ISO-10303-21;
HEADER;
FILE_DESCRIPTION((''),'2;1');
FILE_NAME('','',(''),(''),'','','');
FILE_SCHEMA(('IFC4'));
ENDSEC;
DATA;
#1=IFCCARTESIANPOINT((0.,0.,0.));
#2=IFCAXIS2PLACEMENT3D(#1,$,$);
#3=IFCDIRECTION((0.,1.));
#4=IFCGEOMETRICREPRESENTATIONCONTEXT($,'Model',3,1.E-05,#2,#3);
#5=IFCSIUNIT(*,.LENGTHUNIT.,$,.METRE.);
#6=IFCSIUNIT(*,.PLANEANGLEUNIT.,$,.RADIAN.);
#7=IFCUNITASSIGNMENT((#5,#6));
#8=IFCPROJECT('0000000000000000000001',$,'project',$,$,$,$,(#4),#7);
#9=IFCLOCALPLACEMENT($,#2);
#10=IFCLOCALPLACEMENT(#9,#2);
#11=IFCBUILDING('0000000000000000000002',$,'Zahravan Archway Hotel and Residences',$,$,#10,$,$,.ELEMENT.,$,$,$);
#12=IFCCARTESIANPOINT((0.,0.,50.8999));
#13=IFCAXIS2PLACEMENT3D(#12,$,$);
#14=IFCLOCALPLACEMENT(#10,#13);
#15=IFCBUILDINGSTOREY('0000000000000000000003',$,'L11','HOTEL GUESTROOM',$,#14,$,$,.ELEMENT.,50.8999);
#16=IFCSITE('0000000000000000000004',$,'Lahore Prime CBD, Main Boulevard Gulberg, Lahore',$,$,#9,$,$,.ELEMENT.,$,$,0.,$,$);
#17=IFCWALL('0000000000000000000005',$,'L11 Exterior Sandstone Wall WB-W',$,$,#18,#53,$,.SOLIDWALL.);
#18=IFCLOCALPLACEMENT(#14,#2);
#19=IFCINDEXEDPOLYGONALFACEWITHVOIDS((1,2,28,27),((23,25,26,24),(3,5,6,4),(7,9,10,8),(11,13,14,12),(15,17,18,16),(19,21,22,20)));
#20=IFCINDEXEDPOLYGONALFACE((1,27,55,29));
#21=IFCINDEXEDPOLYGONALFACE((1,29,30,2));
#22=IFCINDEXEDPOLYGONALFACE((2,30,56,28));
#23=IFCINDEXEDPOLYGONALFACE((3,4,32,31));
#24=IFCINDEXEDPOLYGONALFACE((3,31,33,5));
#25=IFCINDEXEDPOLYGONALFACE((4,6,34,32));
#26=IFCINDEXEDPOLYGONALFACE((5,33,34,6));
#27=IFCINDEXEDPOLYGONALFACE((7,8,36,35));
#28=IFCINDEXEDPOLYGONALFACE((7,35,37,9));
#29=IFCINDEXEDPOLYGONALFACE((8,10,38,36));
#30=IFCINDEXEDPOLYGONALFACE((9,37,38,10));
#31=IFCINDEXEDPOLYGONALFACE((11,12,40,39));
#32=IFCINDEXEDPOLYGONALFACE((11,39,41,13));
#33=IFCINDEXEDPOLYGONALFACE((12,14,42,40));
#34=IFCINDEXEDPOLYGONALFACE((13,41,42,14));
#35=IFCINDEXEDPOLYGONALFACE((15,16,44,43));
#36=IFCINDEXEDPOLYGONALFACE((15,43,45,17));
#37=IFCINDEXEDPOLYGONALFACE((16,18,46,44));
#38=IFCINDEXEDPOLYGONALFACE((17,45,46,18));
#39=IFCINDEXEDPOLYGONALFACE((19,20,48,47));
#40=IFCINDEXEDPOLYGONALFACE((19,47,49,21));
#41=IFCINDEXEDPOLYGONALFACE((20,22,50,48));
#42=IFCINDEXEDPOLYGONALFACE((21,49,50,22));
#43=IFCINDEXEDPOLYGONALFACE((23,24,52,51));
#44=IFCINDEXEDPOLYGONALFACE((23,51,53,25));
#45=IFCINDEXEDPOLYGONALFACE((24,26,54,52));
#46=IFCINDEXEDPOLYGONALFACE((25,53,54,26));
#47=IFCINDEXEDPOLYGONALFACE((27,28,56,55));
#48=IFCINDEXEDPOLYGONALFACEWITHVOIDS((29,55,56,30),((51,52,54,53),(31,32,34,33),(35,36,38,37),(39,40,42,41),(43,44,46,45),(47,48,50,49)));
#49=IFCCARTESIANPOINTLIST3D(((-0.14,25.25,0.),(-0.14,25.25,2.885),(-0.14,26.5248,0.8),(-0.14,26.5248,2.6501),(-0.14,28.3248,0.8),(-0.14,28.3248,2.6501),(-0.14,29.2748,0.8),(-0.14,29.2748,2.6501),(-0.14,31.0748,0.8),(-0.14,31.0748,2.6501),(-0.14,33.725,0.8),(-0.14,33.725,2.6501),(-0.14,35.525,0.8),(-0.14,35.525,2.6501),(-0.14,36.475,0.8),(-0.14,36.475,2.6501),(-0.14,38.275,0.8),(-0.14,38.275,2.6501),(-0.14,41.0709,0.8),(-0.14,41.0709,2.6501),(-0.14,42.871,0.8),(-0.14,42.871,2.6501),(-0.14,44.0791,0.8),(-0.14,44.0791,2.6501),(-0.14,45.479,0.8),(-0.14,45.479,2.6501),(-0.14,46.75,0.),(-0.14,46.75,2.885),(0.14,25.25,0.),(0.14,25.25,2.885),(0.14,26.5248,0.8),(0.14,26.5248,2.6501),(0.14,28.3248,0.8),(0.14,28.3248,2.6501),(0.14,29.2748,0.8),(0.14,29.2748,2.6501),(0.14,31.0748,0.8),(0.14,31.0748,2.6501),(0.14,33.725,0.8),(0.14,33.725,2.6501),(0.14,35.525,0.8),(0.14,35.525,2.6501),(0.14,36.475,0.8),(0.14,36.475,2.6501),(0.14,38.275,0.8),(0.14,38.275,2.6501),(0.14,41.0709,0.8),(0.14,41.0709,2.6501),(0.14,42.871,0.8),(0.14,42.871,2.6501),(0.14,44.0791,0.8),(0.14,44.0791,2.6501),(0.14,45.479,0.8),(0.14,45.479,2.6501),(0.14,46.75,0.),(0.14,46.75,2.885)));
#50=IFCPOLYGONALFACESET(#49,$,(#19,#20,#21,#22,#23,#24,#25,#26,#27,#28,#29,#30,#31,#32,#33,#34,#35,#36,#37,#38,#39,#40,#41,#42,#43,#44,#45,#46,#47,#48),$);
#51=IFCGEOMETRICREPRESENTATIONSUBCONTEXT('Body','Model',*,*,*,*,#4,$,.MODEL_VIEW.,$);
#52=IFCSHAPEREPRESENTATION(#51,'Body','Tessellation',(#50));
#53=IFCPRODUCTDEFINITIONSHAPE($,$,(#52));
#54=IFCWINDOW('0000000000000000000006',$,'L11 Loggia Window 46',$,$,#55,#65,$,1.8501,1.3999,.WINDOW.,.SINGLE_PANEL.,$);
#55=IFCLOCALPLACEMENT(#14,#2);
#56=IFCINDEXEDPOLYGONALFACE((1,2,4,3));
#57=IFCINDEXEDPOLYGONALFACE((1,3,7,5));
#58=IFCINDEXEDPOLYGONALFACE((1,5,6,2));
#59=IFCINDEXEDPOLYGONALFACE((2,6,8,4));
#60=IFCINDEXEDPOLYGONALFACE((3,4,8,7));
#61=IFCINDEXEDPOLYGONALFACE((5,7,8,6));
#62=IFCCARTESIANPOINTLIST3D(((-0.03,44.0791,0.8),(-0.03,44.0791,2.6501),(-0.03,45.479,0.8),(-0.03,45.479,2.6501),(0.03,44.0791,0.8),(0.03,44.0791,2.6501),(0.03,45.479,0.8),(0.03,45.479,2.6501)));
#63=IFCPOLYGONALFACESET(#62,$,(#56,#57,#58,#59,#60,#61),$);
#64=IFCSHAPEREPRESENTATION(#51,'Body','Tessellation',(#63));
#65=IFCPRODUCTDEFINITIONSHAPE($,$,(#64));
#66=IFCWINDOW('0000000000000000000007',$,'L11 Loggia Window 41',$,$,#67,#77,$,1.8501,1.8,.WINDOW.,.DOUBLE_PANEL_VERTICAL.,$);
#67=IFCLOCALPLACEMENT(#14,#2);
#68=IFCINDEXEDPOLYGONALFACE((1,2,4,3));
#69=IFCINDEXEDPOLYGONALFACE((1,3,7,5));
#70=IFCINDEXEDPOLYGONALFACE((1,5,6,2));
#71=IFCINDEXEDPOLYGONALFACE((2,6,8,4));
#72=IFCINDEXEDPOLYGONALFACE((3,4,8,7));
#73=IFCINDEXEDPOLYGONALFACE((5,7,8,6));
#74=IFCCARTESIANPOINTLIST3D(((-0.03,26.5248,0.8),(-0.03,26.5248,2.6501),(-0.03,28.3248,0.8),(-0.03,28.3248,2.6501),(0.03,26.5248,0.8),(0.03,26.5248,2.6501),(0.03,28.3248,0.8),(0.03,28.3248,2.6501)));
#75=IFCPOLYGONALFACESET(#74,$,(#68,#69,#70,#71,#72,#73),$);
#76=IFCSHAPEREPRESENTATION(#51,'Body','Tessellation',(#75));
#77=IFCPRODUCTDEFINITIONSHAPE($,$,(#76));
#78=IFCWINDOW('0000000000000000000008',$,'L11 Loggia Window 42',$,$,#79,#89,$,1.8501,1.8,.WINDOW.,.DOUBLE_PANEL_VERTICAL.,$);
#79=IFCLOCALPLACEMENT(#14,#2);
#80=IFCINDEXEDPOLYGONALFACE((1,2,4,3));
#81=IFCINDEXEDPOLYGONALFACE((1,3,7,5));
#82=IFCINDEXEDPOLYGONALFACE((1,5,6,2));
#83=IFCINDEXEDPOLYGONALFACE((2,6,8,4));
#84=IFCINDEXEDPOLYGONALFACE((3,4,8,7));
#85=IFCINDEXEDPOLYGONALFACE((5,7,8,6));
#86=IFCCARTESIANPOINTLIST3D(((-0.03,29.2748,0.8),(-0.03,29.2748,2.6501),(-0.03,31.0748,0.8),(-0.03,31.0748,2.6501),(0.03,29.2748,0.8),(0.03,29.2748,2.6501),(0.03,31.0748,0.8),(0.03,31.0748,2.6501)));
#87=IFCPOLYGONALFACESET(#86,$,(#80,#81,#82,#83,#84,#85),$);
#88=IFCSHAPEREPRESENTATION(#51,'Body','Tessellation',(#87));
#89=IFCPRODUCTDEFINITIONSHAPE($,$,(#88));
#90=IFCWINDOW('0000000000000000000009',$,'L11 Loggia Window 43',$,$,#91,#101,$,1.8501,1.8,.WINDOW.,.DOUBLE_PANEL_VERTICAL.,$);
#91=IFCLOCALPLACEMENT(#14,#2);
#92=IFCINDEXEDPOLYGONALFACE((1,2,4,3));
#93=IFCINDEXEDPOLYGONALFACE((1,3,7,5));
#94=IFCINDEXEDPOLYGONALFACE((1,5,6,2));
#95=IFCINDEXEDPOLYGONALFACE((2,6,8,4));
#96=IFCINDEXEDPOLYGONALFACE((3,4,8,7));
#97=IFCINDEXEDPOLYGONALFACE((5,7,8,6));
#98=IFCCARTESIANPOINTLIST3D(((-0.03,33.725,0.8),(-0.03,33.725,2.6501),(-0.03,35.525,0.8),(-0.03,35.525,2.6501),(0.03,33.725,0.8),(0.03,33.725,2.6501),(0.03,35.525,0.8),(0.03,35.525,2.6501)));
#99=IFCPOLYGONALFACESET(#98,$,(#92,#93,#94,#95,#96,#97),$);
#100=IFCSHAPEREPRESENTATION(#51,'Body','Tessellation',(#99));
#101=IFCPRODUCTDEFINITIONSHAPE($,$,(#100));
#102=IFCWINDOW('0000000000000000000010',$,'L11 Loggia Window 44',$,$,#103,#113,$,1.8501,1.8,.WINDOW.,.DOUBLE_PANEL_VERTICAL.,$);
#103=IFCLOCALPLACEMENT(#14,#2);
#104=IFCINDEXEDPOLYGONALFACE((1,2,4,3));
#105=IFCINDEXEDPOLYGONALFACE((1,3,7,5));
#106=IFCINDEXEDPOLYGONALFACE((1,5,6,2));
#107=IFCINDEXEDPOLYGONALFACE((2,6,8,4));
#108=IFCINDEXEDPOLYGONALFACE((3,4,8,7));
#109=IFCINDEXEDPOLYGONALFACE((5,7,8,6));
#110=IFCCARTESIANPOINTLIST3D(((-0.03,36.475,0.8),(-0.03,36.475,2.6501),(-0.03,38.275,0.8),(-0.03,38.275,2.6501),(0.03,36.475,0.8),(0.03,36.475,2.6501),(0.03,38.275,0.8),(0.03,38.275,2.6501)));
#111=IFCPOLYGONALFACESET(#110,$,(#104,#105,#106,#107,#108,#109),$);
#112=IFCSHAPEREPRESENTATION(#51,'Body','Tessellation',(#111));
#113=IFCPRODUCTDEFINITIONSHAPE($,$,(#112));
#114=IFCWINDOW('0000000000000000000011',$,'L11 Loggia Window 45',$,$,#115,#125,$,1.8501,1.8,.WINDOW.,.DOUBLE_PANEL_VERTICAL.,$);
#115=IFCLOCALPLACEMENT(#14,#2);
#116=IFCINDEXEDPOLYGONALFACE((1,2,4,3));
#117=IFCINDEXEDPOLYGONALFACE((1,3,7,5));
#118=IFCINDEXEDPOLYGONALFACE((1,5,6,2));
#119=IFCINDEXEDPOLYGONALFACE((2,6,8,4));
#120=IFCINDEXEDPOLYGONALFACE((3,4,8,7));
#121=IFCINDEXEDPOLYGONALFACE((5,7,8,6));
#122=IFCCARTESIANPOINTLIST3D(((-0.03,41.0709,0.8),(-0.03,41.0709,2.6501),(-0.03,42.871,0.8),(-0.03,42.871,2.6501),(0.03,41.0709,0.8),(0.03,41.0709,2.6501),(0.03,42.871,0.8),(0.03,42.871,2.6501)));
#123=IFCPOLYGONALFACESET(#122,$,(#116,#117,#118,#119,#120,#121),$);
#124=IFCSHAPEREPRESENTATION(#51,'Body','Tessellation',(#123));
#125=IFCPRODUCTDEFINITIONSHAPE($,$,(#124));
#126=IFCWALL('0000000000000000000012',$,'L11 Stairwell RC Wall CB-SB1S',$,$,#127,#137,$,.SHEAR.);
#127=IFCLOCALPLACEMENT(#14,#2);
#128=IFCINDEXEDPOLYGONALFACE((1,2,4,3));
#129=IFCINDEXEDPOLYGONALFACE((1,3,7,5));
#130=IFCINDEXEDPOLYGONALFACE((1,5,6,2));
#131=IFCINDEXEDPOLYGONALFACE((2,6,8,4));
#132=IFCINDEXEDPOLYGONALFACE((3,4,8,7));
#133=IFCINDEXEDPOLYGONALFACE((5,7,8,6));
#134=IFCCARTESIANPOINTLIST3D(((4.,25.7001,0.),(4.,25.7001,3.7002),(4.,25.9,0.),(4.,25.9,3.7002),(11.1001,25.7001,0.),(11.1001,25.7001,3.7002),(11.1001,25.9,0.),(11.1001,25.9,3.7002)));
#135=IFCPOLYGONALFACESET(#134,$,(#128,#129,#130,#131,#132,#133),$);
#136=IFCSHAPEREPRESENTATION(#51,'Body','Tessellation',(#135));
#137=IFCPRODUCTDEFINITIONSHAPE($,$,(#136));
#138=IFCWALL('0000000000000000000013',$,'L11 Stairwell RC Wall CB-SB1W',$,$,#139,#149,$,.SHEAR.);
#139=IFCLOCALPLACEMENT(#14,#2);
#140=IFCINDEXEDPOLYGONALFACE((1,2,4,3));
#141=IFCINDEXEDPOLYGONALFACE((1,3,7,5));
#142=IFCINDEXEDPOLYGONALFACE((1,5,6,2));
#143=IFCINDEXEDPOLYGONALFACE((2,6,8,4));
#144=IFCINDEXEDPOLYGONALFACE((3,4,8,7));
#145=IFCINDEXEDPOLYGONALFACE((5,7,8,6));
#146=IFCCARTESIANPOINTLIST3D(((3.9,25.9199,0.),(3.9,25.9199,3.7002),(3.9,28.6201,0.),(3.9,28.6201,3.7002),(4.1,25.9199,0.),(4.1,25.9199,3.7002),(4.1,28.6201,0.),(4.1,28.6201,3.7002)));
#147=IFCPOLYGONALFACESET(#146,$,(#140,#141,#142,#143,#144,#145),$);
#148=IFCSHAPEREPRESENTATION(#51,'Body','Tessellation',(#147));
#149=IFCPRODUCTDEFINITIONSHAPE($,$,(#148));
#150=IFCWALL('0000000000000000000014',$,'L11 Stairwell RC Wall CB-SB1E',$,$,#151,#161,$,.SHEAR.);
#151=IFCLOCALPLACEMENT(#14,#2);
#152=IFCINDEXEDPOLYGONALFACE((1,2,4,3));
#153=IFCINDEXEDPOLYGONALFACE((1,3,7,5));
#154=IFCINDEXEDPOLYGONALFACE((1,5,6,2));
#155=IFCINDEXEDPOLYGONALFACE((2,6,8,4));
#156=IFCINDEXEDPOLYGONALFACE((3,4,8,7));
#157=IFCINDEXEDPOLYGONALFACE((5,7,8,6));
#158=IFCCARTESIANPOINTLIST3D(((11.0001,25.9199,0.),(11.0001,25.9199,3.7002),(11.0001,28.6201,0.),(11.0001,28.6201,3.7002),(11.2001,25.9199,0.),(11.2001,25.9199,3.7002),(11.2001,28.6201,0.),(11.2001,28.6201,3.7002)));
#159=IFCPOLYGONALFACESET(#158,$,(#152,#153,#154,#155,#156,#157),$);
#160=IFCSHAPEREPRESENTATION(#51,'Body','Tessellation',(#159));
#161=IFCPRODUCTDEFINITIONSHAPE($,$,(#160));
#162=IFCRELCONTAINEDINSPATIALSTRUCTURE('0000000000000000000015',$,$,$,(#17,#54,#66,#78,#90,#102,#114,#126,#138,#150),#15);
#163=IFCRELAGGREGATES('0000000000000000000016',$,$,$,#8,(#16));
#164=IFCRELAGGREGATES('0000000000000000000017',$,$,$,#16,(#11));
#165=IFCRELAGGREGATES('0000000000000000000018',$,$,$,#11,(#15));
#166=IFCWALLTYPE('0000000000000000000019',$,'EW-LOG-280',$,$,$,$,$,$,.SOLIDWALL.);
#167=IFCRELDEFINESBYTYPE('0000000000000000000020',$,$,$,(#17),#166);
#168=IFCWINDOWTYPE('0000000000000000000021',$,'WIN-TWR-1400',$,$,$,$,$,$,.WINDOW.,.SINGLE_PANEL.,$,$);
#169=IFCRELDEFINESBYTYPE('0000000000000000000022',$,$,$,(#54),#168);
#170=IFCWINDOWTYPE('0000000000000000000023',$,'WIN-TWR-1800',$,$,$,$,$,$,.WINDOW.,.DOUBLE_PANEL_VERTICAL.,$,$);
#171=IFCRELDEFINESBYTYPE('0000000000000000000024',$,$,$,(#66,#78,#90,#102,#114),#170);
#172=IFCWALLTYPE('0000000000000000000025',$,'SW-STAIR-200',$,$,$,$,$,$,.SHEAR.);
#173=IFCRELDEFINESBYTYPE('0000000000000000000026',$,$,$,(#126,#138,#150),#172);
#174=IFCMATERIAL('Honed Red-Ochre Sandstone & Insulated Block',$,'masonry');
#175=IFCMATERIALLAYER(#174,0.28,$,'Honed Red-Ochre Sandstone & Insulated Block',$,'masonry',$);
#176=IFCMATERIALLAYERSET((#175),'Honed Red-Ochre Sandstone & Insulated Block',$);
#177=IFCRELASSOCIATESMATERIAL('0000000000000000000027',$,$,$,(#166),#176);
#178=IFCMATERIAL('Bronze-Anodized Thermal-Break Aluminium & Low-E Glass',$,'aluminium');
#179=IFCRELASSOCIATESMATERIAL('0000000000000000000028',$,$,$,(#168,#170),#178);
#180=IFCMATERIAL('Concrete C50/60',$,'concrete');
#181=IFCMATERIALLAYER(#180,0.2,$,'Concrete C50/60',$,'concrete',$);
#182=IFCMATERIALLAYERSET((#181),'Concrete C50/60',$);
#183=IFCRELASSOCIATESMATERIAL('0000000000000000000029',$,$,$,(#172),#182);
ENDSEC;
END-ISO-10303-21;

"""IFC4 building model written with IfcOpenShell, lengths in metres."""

from ifc_helpers import new_model, si_unit, direction, frame, frame_2d, origin, place, context, subcontext, project, spatial, rectangle, extrude, source, transform, mapped, material, layer, layer_set, type_object, type_shapes, element, fill, save


model = new_model("IFC4")

# Units and contexts
model_context = context("Model", 3, precision=1e-05, world=origin(), true_north=direction((0.0, 1.0)))
body_context = subcontext(model_context, "Body", "Model", "MODEL_VIEW")
ifc_project = project(units=[si_unit("LENGTHUNIT", "METRE"), si_unit("PLANEANGLEUNIT", "RADIAN")], contexts=[model_context])

# Site, building, storey
site_placement = place(None, origin())
site = spatial("IfcSite", under=ifc_project, at=site_placement, Name="Lahore Prime CBD, Main Boulevard Gulberg, Lahore", CompositionType="ELEMENT", RefElevation=0.0)
building_placement = place(site_placement, origin())
building = spatial("IfcBuilding", under=site, at=building_placement, Name="Zahravan Archway Hotel and Residences", CompositionType="ELEMENT")
storey_placement = place(building_placement, frame((0.0, 0.0, 50.8999)))
storey = spatial("IfcBuildingStorey", under=building, at=storey_placement, Name="L11", Description="HOTEL GUESTROOM", CompositionType="ELEMENT", Elevation=50.8999)

# Shared definitions
ifc_material_1 = material(Name="Honed Red-Ochre Sandstone & Insulated Block", Category="masonry")
ifc_layer_1 = layer(ifc_material_1, 0.28, Name="Honed Red-Ochre Sandstone & Insulated Block", Category="masonry")
ifc_layer_set_1 = layer_set([ifc_layer_1], Name="Honed Red-Ochre Sandstone & Insulated Block")
wall_type_1 = type_object("IfcWallType", Name="EW-LOG-280", PredefinedType="SOLIDWALL", material=ifc_layer_set_1)

# Wall, openings, windows
wall_1_placement = place(storey_placement, frame((0.0, 25.25, 0.0), z_axis=(0.0, 0.0, 1.0), x_axis=(0.0, 1.0, 0.0)))
wall_1 = element("IfcWall", 1, at=wall_1_placement, inside=storey, type_object=wall_type_1, Name="L11 Exterior Sandstone Wall WB-W", PredefinedType="SOLIDWALL", context=body_context, shape_type="SweptSolid", body=[
    extrude(rectangle(XDim=21.5, YDim=0.28, at=frame_2d((10.75, 0.0))), origin(), (0.0, 0.0, 1.0), 2.885),
])
opening_1_placement = place(wall_1_placement, frame((1.2749, 0.0, 0.8)))
opening_1 = element("IfcOpeningElement", 2, at=opening_1_placement, cuts=wall_1, PredefinedType="OPENING", context=body_context, shape_type="SweptSolid", body=[
    extrude(rectangle(XDim=1.8, YDim=1.8501, at=frame_2d((0.8999, 0.925))), frame((0.0, 0.1499, 0.0), z_axis=(0.0, -1.0, 0.0), x_axis=(1.0, 0.0, 0.0)), (0.0, 0.0, 1.0), 0.3),
])
opening_2_placement = place(wall_1_placement, frame((4.0249, 0.0, 0.8)))
opening_2 = element("IfcOpeningElement", 3, at=opening_2_placement, cuts=wall_1, PredefinedType="OPENING", context=body_context, shape_type="SweptSolid", body=[
    extrude(rectangle(XDim=1.8, YDim=1.8501, at=frame_2d((0.8999, 0.925))), frame((0.0, 0.1499, 0.0), z_axis=(0.0, -1.0, 0.0), x_axis=(1.0, 0.0, 0.0)), (0.0, 0.0, 1.0), 0.3),
])
opening_3_placement = place(wall_1_placement, frame((8.4751, 0.0, 0.8)))
opening_3 = element("IfcOpeningElement", 4, at=opening_3_placement, cuts=wall_1, PredefinedType="OPENING", context=body_context, shape_type="SweptSolid", body=[
    extrude(rectangle(XDim=1.8, YDim=1.8501, at=frame_2d((0.8999, 0.925))), frame((0.0, 0.1499, 0.0), z_axis=(0.0, -1.0, 0.0), x_axis=(1.0, 0.0, 0.0)), (0.0, 0.0, 1.0), 0.3),
])
opening_4_placement = place(wall_1_placement, frame((11.2251, 0.0, 0.8)))
opening_4 = element("IfcOpeningElement", 5, at=opening_4_placement, cuts=wall_1, PredefinedType="OPENING", context=body_context, shape_type="SweptSolid", body=[
    extrude(rectangle(XDim=1.8, YDim=1.8501, at=frame_2d((0.8999, 0.925))), frame((0.0, 0.1499, 0.0), z_axis=(0.0, -1.0, 0.0), x_axis=(1.0, 0.0, 0.0)), (0.0, 0.0, 1.0), 0.3),
])
opening_5_placement = place(wall_1_placement, frame((15.821, 0.0, 0.8)))
opening_5 = element("IfcOpeningElement", 6, at=opening_5_placement, cuts=wall_1, PredefinedType="OPENING", context=body_context, shape_type="SweptSolid", body=[
    extrude(rectangle(XDim=1.8, YDim=1.8501, at=frame_2d((0.8999, 0.925))), frame((0.0, 0.1499, 0.0), z_axis=(0.0, -1.0, 0.0), x_axis=(1.0, 0.0, 0.0)), (0.0, 0.0, 1.0), 0.3),
])
opening_6_placement = place(wall_1_placement, frame((18.8291, 0.0, 0.8)))
opening_6 = element("IfcOpeningElement", 7, at=opening_6_placement, cuts=wall_1, PredefinedType="OPENING", context=body_context, shape_type="SweptSolid", body=[
    extrude(rectangle(XDim=1.3999, YDim=1.8501, at=frame_2d((0.7, 0.925))), frame((0.0, 0.1499, 0.0), z_axis=(0.0, -1.0, 0.0), x_axis=(1.0, 0.0, 0.0)), (0.0, 0.0, 1.0), 0.3),
])
ifc_material_2 = material(Name="Bronze-Anodized Thermal-Break Aluminium & Low-E Glass", Category="aluminium")
window_type_1 = type_object("IfcWindowType", Name="WIN-TWR-1400", PartitioningType="SINGLE_PANEL", PredefinedType="WINDOW", material=ifc_material_2)
shared_shape_1 = source(origin(), body_context, "Body", "SweptSolid", [
    extrude(rectangle(XDim=1.3999, YDim=1.8501, at=frame_2d((0.7, 0.925))), frame((0.0, 0.03, 0.0), z_axis=(0.0, -1.0, 0.0), x_axis=(1.0, 0.0, 0.0)), (0.0, 0.0, 1.0), 0.0601),
])
type_shapes(window_type_1, [shared_shape_1])
window_1_placement = place(opening_6_placement, origin())
window_1 = element("IfcWindow", 8, at=window_1_placement, inside=storey, type_object=window_type_1, Name="L11 Loggia Window 46", OverallHeight=1.8501, OverallWidth=1.3999, PartitioningType="SINGLE_PANEL", PredefinedType="WINDOW", context=body_context, shape_type="MappedRepresentation", body=[
    mapped(shared_shape_1, transform((0.0, 0.0, 0.0), scale=1.0)),
])
fill(opening_6, window_1)
window_type_2 = type_object("IfcWindowType", Name="WIN-TWR-1800", PartitioningType="DOUBLE_PANEL_VERTICAL", PredefinedType="WINDOW", material=ifc_material_2)
shared_shape_2 = source(origin(), body_context, "Body", "SweptSolid", [
    extrude(rectangle(XDim=1.8, YDim=1.8501, at=frame_2d((0.8999, 0.925))), frame((0.0, 0.03, 0.0), z_axis=(0.0, -1.0, 0.0), x_axis=(1.0, 0.0, 0.0)), (0.0, 0.0, 1.0), 0.0601),
])
type_shapes(window_type_2, [shared_shape_2])
window_2_placement = place(opening_1_placement, origin())
window_2 = element("IfcWindow", 9, at=window_2_placement, inside=storey, type_object=window_type_2, Name="L11 Loggia Window 41", OverallHeight=1.8501, OverallWidth=1.8, PartitioningType="DOUBLE_PANEL_VERTICAL", PredefinedType="WINDOW", context=body_context, shape_type="MappedRepresentation", body=[
    mapped(shared_shape_2, transform((0.0, 0.0, 0.0), scale=1.0)),
])
fill(opening_1, window_2)
window_3_placement = place(opening_2_placement, origin())
window_3 = element("IfcWindow", 10, at=window_3_placement, inside=storey, type_object=window_type_2, Name="L11 Loggia Window 42", OverallHeight=1.8501, OverallWidth=1.8, PartitioningType="DOUBLE_PANEL_VERTICAL", PredefinedType="WINDOW", context=body_context, shape_type="MappedRepresentation", body=[
    mapped(shared_shape_2, transform((0.0, 0.0, 0.0), scale=1.0)),
])
fill(opening_2, window_3)
window_4_placement = place(opening_3_placement, origin())
window_4 = element("IfcWindow", 11, at=window_4_placement, inside=storey, type_object=window_type_2, Name="L11 Loggia Window 43", OverallHeight=1.8501, OverallWidth=1.8, PartitioningType="DOUBLE_PANEL_VERTICAL", PredefinedType="WINDOW", context=body_context, shape_type="MappedRepresentation", body=[
    mapped(shared_shape_2, transform((0.0, 0.0, 0.0), scale=1.0)),
])
fill(opening_3, window_4)
window_5_placement = place(opening_4_placement, origin())
window_5 = element("IfcWindow", 12, at=window_5_placement, inside=storey, type_object=window_type_2, Name="L11 Loggia Window 44", OverallHeight=1.8501, OverallWidth=1.8, PartitioningType="DOUBLE_PANEL_VERTICAL", PredefinedType="WINDOW", context=body_context, shape_type="MappedRepresentation", body=[
    mapped(shared_shape_2, transform((0.0, 0.0, 0.0), scale=1.0)),
])
fill(opening_4, window_5)
window_6_placement = place(opening_5_placement, origin())
window_6 = element("IfcWindow", 13, at=window_6_placement, inside=storey, type_object=window_type_2, Name="L11 Loggia Window 45", OverallHeight=1.8501, OverallWidth=1.8, PartitioningType="DOUBLE_PANEL_VERTICAL", PredefinedType="WINDOW", context=body_context, shape_type="MappedRepresentation", body=[
    mapped(shared_shape_2, transform((0.0, 0.0, 0.0), scale=1.0)),
])
fill(opening_5, window_6)

# Walls
ifc_material_3 = material(Name="Concrete C50/60", Category="concrete")
ifc_layer_2 = layer(ifc_material_3, 0.2, Name="Concrete C50/60", Category="concrete")
ifc_layer_set_2 = layer_set([ifc_layer_2], Name="Concrete C50/60")
wall_type_2 = type_object("IfcWallType", Name="SW-STAIR-200", PredefinedType="SHEAR", material=ifc_layer_set_2)
wall_2_placement = place(storey_placement, frame((4.0, 25.8, 0.0), z_axis=(0.0, 0.0, 1.0), x_axis=(1.0, 0.0, 0.0)))
element("IfcWall", 14, at=wall_2_placement, inside=storey, type_object=wall_type_2, Name="L11 Stairwell RC Wall CB-SB1S", PredefinedType="SHEAR", context=body_context, shape_type="SweptSolid", body=[
    extrude(rectangle(XDim=7.1001, YDim=0.2, at=frame_2d((3.55, 0.0))), origin(), (0.0, 0.0, 1.0), 3.7002),
])
for number, where, z_axis, x_axis, name in (
    (15, (4.0, 25.9199, 0.0), (0.0, 0.0, 1.0), (0.0, 1.0, 0.0), "L11 Stairwell RC Wall CB-SB1W"),
    (16, (11.1001, 25.9199, 0.0), (0.0, 0.0, 1.0), (0.0, 1.0, 0.0), "L11 Stairwell RC Wall CB-SB1E"),
):
    element("IfcWall", number, at=place(storey_placement, frame(where, z_axis=z_axis, x_axis=x_axis)), inside=storey, type_object=wall_type_2, Name=name, PredefinedType="SHEAR", context=body_context, shape_type="SweptSolid", body=[
        extrude(rectangle(XDim=2.7002, YDim=0.2, at=frame_2d((1.3501, 0.0))), origin(), (0.0, 0.0, 1.0), 3.7002),
    ])

save(model, "model.ifc")
